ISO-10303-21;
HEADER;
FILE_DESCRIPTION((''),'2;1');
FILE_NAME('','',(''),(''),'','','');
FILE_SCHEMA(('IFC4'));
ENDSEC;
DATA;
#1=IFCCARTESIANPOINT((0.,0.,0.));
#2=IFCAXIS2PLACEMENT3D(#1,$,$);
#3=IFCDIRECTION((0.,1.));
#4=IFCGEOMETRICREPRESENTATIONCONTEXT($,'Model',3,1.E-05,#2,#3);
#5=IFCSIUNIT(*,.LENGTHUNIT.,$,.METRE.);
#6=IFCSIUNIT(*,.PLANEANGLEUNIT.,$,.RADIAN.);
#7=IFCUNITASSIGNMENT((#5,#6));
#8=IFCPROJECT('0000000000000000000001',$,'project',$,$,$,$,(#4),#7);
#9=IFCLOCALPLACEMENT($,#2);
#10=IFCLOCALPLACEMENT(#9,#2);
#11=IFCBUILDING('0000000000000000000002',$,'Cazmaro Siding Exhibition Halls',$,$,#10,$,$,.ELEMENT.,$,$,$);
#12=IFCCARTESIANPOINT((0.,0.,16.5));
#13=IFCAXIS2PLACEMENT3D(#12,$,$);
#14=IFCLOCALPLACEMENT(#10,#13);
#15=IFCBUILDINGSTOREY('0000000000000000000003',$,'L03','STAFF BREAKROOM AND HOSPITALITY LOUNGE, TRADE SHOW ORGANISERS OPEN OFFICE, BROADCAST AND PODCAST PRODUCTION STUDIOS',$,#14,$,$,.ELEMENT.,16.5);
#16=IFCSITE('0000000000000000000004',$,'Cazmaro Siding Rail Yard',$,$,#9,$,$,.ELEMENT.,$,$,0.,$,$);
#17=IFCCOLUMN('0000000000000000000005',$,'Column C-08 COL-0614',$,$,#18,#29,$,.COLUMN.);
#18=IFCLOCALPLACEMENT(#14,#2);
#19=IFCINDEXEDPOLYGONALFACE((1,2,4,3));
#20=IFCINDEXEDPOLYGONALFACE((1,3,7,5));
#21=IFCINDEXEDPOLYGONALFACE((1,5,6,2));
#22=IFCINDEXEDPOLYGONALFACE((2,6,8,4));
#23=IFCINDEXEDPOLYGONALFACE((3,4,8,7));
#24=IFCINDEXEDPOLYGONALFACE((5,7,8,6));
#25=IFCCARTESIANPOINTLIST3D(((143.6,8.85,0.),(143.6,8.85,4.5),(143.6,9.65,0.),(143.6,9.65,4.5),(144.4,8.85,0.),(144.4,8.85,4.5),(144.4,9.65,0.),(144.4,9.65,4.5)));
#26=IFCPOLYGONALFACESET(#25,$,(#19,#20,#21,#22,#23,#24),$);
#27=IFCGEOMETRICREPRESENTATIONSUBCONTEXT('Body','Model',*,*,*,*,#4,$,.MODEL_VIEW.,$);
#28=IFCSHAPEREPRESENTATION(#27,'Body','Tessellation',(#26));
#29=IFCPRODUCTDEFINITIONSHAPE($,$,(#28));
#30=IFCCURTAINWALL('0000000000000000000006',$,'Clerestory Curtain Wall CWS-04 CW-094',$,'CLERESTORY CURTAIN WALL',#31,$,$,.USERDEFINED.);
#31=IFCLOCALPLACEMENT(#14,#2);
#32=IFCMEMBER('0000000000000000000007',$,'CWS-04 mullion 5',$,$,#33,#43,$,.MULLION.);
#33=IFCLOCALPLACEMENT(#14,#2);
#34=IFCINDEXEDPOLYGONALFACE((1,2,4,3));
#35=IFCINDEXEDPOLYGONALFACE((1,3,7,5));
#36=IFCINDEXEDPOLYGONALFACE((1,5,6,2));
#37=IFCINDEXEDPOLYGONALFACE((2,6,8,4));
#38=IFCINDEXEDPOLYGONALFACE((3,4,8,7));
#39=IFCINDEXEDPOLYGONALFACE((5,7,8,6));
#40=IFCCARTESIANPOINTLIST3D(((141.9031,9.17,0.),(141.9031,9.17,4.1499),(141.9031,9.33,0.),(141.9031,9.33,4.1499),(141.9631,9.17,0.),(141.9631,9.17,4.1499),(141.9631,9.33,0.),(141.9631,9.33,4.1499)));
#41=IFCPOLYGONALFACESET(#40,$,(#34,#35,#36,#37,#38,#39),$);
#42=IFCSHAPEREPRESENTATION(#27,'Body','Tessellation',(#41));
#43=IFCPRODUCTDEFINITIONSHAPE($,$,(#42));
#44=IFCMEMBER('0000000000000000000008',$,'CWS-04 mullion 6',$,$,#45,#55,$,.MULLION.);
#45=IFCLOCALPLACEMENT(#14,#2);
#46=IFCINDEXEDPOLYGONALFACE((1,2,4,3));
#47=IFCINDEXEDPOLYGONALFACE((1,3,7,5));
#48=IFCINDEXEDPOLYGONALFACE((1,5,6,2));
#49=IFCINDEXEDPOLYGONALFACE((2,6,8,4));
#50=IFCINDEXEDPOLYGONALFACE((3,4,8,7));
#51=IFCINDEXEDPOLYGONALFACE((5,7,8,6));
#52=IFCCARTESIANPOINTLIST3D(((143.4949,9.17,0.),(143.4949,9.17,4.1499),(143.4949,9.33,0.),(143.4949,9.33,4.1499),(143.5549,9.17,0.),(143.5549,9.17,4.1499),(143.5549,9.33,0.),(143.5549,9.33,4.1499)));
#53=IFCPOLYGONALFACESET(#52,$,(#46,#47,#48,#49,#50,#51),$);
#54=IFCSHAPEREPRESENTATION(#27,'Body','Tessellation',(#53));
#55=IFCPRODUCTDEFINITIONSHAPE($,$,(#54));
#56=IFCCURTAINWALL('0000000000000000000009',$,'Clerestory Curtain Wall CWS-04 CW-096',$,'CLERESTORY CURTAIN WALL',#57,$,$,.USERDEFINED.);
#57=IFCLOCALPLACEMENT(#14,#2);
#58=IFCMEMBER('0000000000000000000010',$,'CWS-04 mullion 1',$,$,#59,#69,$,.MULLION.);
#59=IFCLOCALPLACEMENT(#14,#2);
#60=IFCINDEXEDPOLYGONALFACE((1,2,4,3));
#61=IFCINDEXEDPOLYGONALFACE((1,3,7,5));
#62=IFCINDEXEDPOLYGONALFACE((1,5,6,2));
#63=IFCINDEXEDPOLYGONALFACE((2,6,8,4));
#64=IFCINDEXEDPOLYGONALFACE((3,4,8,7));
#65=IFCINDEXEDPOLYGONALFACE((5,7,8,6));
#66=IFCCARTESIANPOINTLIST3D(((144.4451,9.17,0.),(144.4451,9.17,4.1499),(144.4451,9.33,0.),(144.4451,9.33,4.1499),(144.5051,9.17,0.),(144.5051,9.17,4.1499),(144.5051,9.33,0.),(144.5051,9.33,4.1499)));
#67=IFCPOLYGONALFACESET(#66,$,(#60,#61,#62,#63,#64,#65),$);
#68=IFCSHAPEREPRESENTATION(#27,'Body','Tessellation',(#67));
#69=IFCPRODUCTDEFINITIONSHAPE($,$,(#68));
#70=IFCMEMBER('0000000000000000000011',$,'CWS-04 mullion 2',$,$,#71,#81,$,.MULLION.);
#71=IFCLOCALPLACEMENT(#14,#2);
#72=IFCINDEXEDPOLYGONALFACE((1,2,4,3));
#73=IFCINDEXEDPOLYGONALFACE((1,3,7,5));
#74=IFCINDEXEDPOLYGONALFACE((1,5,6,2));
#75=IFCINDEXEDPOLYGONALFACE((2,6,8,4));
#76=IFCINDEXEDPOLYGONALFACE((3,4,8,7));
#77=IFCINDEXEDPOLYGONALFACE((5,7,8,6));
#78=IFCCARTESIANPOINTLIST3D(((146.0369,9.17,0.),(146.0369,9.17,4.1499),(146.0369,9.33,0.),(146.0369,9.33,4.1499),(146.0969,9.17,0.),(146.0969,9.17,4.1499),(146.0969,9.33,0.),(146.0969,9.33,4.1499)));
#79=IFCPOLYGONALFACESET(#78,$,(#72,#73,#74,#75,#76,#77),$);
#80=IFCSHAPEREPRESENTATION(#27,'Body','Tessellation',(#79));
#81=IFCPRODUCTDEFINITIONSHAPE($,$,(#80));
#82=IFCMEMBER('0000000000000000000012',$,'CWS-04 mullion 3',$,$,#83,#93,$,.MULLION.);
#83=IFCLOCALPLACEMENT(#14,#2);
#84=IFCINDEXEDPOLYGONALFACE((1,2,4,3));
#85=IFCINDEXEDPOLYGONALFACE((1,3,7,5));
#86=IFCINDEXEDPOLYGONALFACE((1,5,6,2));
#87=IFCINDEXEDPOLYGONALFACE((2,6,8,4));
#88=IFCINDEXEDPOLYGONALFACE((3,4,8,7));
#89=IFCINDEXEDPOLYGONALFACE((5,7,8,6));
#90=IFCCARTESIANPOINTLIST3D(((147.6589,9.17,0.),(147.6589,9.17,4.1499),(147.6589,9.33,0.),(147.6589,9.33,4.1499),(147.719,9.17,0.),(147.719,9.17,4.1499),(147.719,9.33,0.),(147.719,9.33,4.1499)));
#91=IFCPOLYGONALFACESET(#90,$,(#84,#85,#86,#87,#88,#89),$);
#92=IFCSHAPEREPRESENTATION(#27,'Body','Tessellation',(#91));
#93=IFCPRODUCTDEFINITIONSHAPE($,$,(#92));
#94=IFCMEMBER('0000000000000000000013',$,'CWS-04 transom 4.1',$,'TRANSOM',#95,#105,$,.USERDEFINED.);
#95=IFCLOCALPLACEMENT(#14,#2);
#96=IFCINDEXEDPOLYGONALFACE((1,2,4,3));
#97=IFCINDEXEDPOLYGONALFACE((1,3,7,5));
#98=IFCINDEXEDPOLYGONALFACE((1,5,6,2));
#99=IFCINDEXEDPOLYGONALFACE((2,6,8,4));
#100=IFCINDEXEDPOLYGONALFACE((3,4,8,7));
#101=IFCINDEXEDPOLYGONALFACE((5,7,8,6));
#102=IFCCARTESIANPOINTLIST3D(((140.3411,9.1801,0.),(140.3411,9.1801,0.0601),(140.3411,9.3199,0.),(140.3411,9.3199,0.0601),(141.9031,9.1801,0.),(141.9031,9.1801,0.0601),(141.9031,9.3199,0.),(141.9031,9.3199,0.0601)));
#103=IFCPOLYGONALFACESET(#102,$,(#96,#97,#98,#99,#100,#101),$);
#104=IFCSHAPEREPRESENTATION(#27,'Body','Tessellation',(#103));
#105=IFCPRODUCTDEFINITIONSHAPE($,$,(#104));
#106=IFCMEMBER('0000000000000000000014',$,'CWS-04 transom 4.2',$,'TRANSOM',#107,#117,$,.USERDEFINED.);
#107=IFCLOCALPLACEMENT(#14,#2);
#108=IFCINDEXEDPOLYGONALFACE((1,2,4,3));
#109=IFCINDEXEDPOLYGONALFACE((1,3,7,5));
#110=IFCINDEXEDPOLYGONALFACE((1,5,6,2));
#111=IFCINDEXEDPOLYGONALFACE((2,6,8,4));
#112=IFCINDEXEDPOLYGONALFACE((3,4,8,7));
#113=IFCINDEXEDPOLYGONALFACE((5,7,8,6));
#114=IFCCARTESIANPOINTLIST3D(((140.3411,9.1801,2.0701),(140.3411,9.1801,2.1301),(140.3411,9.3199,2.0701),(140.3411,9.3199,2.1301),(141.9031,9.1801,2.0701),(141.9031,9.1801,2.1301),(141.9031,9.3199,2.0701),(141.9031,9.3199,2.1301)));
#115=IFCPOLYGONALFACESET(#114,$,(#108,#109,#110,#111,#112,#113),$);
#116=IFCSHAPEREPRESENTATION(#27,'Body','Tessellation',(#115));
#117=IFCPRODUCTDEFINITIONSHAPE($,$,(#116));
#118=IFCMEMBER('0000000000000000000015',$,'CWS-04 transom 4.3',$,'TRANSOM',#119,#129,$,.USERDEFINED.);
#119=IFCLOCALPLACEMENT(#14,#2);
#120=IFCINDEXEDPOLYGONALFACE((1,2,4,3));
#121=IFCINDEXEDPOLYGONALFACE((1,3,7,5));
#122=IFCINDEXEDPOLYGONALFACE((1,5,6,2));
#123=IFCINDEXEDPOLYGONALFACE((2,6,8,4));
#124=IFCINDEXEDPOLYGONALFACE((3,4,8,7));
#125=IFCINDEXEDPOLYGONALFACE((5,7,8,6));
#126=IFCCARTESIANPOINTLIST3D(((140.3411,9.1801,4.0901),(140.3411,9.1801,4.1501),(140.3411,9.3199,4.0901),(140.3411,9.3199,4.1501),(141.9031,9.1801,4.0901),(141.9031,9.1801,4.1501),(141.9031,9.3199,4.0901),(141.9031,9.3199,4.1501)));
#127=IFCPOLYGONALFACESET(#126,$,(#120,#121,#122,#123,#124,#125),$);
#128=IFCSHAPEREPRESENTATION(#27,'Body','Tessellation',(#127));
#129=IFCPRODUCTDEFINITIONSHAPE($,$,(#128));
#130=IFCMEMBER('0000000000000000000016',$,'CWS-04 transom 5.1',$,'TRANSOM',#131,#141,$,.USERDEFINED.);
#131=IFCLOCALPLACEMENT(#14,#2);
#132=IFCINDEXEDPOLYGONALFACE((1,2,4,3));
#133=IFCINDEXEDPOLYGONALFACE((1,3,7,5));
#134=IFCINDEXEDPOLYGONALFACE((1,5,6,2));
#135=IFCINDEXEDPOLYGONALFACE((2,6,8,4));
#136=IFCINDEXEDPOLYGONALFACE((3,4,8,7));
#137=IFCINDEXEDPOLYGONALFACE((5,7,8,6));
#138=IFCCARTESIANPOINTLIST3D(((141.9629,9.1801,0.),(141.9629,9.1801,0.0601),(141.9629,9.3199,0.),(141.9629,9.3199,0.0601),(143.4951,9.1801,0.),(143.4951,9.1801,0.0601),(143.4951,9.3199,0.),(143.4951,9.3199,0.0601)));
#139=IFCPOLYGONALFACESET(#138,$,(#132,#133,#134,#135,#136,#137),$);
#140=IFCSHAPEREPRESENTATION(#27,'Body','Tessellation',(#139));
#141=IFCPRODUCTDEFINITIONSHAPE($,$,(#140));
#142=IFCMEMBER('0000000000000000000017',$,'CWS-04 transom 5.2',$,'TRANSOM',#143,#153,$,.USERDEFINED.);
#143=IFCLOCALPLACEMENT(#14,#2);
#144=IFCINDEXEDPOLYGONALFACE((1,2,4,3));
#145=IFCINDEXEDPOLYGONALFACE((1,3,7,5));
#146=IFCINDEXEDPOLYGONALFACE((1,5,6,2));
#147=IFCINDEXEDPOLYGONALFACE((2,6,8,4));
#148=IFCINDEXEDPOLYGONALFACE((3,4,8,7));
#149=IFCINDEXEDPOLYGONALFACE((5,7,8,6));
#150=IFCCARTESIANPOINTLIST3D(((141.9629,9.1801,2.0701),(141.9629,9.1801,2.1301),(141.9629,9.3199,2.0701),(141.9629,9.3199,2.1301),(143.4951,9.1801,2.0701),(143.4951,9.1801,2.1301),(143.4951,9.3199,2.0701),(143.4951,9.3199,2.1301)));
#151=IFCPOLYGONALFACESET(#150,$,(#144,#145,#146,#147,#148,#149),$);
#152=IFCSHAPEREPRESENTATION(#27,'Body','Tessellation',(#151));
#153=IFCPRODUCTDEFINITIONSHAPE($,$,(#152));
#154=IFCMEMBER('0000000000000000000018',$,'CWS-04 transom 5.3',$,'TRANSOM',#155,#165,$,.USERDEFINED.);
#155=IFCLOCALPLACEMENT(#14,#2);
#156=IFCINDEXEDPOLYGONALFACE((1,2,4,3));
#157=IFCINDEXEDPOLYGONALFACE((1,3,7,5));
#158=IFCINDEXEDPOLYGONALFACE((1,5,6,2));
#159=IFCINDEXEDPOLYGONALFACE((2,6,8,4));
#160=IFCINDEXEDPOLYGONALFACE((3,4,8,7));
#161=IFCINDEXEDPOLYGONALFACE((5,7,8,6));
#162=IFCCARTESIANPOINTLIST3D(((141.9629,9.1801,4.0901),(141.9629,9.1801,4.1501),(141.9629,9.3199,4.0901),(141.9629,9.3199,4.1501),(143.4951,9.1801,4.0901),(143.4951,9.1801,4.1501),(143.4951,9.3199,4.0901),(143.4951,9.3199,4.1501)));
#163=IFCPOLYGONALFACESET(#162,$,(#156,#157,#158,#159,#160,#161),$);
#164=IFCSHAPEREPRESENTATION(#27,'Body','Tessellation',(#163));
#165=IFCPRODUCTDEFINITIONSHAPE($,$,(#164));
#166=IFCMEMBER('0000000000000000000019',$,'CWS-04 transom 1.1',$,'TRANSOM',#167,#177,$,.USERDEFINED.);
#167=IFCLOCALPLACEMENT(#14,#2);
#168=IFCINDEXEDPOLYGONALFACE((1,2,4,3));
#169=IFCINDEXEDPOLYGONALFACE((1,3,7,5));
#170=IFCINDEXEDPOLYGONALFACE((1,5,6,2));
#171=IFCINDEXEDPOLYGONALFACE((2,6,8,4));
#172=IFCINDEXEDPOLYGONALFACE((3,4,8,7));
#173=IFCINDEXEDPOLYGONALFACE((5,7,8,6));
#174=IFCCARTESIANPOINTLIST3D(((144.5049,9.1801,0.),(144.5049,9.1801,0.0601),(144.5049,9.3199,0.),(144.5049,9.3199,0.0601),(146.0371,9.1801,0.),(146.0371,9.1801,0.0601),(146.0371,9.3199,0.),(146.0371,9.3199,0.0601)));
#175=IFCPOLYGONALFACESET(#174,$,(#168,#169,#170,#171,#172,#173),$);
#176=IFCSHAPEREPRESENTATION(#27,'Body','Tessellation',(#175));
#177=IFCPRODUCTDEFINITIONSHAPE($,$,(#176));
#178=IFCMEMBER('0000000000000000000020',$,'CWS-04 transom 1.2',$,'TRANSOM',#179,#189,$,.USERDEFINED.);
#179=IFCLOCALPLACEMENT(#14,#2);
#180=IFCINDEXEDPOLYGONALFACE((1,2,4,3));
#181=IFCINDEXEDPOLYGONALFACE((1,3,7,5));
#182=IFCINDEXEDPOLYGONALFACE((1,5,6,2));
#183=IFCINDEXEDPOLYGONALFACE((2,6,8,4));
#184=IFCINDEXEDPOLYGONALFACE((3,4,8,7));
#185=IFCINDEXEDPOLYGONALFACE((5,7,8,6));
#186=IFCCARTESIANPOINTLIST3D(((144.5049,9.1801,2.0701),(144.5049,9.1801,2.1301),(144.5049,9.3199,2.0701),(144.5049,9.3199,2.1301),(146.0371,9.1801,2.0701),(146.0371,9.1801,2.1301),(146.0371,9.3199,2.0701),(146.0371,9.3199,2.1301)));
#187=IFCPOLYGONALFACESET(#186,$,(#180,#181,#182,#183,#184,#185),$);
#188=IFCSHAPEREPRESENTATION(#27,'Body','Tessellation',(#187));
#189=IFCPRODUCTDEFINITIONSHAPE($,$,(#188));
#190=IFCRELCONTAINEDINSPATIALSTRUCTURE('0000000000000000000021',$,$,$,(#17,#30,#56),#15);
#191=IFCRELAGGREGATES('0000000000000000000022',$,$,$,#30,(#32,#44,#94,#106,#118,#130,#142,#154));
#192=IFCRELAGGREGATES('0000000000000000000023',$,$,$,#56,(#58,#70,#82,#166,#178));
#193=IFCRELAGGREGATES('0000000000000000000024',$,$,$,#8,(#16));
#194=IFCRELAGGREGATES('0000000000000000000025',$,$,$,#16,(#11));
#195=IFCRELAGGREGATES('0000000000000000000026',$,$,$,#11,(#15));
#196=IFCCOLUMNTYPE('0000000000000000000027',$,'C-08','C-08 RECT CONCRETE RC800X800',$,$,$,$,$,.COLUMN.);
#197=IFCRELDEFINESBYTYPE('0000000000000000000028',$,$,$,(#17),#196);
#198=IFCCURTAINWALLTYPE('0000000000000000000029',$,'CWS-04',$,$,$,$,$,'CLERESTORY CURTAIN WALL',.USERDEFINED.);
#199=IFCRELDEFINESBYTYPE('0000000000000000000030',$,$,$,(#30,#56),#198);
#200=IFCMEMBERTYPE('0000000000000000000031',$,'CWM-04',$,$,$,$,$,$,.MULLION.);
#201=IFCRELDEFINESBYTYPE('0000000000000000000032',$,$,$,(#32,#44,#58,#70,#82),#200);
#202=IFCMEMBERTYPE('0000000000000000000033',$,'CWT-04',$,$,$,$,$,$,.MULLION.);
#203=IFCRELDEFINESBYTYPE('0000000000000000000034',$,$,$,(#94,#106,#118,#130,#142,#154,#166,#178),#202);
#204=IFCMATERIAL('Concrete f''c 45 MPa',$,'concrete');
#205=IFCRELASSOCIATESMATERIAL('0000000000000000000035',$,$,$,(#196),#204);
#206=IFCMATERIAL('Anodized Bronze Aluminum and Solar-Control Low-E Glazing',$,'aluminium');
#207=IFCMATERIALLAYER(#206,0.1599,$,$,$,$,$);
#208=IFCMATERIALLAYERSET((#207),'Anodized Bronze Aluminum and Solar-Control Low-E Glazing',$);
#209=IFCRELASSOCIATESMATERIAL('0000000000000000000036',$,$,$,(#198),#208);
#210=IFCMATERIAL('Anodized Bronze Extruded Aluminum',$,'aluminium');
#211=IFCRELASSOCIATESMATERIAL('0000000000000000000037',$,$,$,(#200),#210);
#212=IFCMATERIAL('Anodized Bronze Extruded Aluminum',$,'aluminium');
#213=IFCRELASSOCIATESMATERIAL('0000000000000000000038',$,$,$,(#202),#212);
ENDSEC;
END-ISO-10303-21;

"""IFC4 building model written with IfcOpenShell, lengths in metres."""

from ifc_helpers import new_model, si_unit, direction, frame, origin, origin_2d, place, context, subcontext, project, spatial, rectangle, extrude, material, layer, layer_set, material_profile, profile_set, type_object, element, aggregate, save


model = new_model("IFC4")

# Units and contexts
model_context = context("Model", 3, precision=1e-05, world=origin(), true_north=direction((0.0, 1.0)))
body_context = subcontext(model_context, "Body", "Model", "MODEL_VIEW")
ifc_project = project(units=[si_unit("LENGTHUNIT", "METRE"), si_unit("PLANEANGLEUNIT", "RADIAN")], contexts=[model_context])

# Site, building, storey
site_placement = place(None, origin())
site = spatial("IfcSite", under=ifc_project, at=site_placement, Name="Cazmaro Siding Rail Yard", CompositionType="ELEMENT", RefElevation=0.0)
building_placement = place(site_placement, origin())
building = spatial("IfcBuilding", under=site, at=building_placement, Name="Cazmaro Siding Exhibition Halls", CompositionType="ELEMENT")
storey_placement = place(building_placement, frame((0.0, 0.0, 16.5)))
storey = spatial("IfcBuildingStorey", under=building, at=storey_placement, Name="L03", Description="STAFF BREAKROOM AND HOSPITALITY LOUNGE, TRADE SHOW ORGANISERS OPEN OFFICE, BROADCAST AND PODCAST PRODUCTION STUDIOS", CompositionType="ELEMENT", Elevation=16.5)

# Column
ifc_material_1 = material(Name="Concrete f'c 45 MPa", Category="concrete")
ifc_material_profile_1 = material_profile(ifc_material_1, rectangle(XDim=0.8, YDim=0.8, at=origin_2d()), Name="RC800X800")
ifc_profile_set_1 = profile_set([ifc_material_profile_1], Name="Concrete f'c 45 MPa")
column_type = type_object("IfcColumnType", Name="C-08", Description="C-08 RECT CONCRETE RC800X800", PredefinedType="COLUMN", material=ifc_profile_set_1)
column_placement = place(storey_placement, frame((144.0, 9.25, 0.0), z_axis=(0.0, 0.0, 1.0), x_axis=(1.0, 0.0, 0.0)))
element("IfcColumn", 1, at=column_placement, inside=storey, type_object=column_type, Name="Column C-08 COL-0614", PredefinedType="COLUMN", context=body_context, shape_type="SweptSolid", body=[
    extrude(rectangle(XDim=0.8, YDim=0.8, at=origin_2d()), origin(), (0.0, 0.0, 1.0), 4.5),
])

# Curtain walls, members
ifc_material_2 = material(Name="Anodized Bronze Aluminum and Solar-Control Low-E Glazing", Category="aluminium")
ifc_layer_1 = layer(ifc_material_2, 0.1599)
ifc_layer_set_1 = layer_set([ifc_layer_1], Name="Anodized Bronze Aluminum and Solar-Control Low-E Glazing")
curtain_wall_type = type_object("IfcCurtainWallType", Name="CWS-04", ElementType="CLERESTORY CURTAIN WALL", PredefinedType="USERDEFINED", material=ifc_layer_set_1)
curtain_wall_1_placement = place(storey_placement, origin())
curtain_wall_1 = element("IfcCurtainWall", 2, at=curtain_wall_1_placement, inside=storey, type_object=curtain_wall_type, Name="Clerestory Curtain Wall CWS-04 CW-094", ObjectType="CLERESTORY CURTAIN WALL", PredefinedType="USERDEFINED")
ifc_material_3 = material(Name="Anodized Bronze Extruded Aluminum", Category="aluminium")
ifc_material_profile_2 = material_profile(ifc_material_3, rectangle(XDim=0.1599, YDim=0.0601, at=origin_2d()), Name="CWM-04")
ifc_profile_set_2 = profile_set([ifc_material_profile_2], Name="Anodized Bronze Extruded Aluminum")
member_type_1 = type_object("IfcMemberType", Name="CWM-04", PredefinedType="MULLION", material=ifc_profile_set_2)
member_1_placement = place(storey_placement, frame((141.9331, 9.25, 0.0), z_axis=(0.0, 0.0, 1.0), x_axis=(0.0, 1.0, 0.0)))
member_1 = element("IfcMember", 3, at=member_1_placement, type_object=member_type_1, Name="CWS-04 mullion 5", PredefinedType="MULLION", context=body_context, shape_type="SweptSolid", body=[
    extrude(rectangle(XDim=0.1599, YDim=0.0601, at=origin_2d()), origin(), (0.0, 0.0, 1.0), 4.1499),
])
member_2_placement = place(storey_placement, frame((143.5249, 9.25, 0.0), z_axis=(0.0, 0.0, 1.0), x_axis=(0.0, 1.0, 0.0)))
member_2 = element("IfcMember", 4, at=member_2_placement, type_object=member_type_1, Name="CWS-04 mullion 6", PredefinedType="MULLION", context=body_context, shape_type="SweptSolid", body=[
    extrude(rectangle(XDim=0.1599, YDim=0.0601, at=origin_2d()), origin(), (0.0, 0.0, 1.0), 4.1499),
])
curtain_wall_2_placement = place(storey_placement, origin())
curtain_wall_2 = element("IfcCurtainWall", 5, at=curtain_wall_2_placement, inside=storey, type_object=curtain_wall_type, Name="Clerestory Curtain Wall CWS-04 CW-096", ObjectType="CLERESTORY CURTAIN WALL", PredefinedType="USERDEFINED")
member_3_placement = place(storey_placement, frame((144.4751, 9.25, 0.0), z_axis=(0.0, 0.0, 1.0), x_axis=(0.0, 1.0, 0.0)))
member_3 = element("IfcMember", 6, at=member_3_placement, type_object=member_type_1, Name="CWS-04 mullion 1", PredefinedType="MULLION", context=body_context, shape_type="SweptSolid", body=[
    extrude(rectangle(XDim=0.1599, YDim=0.0601, at=origin_2d()), origin(), (0.0, 0.0, 1.0), 4.1499),
])
member_4_placement = place(storey_placement, frame((146.0669, 9.25, 0.0), z_axis=(0.0, 0.0, 1.0), x_axis=(0.0, 1.0, 0.0)))
member_4 = element("IfcMember", 7, at=member_4_placement, type_object=member_type_1, Name="CWS-04 mullion 2", PredefinedType="MULLION", context=body_context, shape_type="SweptSolid", body=[
    extrude(rectangle(XDim=0.1599, YDim=0.0601, at=origin_2d()), origin(), (0.0, 0.0, 1.0), 4.1499),
])
member_5_placement = place(storey_placement, frame((147.689, 9.25, 0.0), z_axis=(0.0, 0.0, 1.0), x_axis=(0.0, 1.0, 0.0)))
member_5 = element("IfcMember", 8, at=member_5_placement, type_object=member_type_1, Name="CWS-04 mullion 3", PredefinedType="MULLION", context=body_context, shape_type="SweptSolid", body=[
    extrude(rectangle(XDim=0.1599, YDim=0.0601, at=origin_2d()), origin(), (0.0, 0.0, 1.0), 4.1499),
])

# Members
ifc_material_4 = material(Name="Anodized Bronze Extruded Aluminum", Category="aluminium")
ifc_material_profile_3 = material_profile(ifc_material_4, rectangle(XDim=0.1399, YDim=0.0601, at=origin_2d()), Name="CWT-04")
ifc_profile_set_3 = profile_set([ifc_material_profile_3], Name="Anodized Bronze Extruded Aluminum")
member_type_2 = type_object("IfcMemberType", Name="CWT-04", PredefinedType="MULLION", material=ifc_profile_set_3)
member_6_placement = place(storey_placement, frame((140.3411, 9.25, 0.03), z_axis=(1.0, 0.0, 0.0), x_axis=(0.0, 1.0, 0.0)))
member_6 = element("IfcMember", 9, at=member_6_placement, type_object=member_type_2, Name="CWS-04 transom 4.1", ObjectType="TRANSOM", PredefinedType="USERDEFINED", context=body_context, shape_type="SweptSolid", body=[
    extrude(rectangle(XDim=0.1399, YDim=0.0601, at=origin_2d()), origin(), (0.0, 0.0, 1.0), 1.562),
])
member_7_placement = place(storey_placement, frame((140.3411, 9.25, 2.1001), z_axis=(1.0, 0.0, 0.0), x_axis=(0.0, 1.0, 0.0)))
member_7 = element("IfcMember", 10, at=member_7_placement, type_object=member_type_2, Name="CWS-04 transom 4.2", ObjectType="TRANSOM", PredefinedType="USERDEFINED", context=body_context, shape_type="SweptSolid", body=[
    extrude(rectangle(XDim=0.1399, YDim=0.0601, at=origin_2d()), origin(), (0.0, 0.0, 1.0), 1.562),
])
member_8_placement = place(storey_placement, frame((140.3411, 9.25, 4.1201), z_axis=(1.0, 0.0, 0.0), x_axis=(0.0, 1.0, 0.0)))
member_8 = element("IfcMember", 11, at=member_8_placement, type_object=member_type_2, Name="CWS-04 transom 4.3", ObjectType="TRANSOM", PredefinedType="USERDEFINED", context=body_context, shape_type="SweptSolid", body=[
    extrude(rectangle(XDim=0.1399, YDim=0.0601, at=origin_2d()), origin(), (0.0, 0.0, 1.0), 1.562),
])
member_9_placement = place(storey_placement, frame((141.9629, 9.25, 0.03), z_axis=(1.0, 0.0, 0.0), x_axis=(0.0, 1.0, 0.0)))
member_9 = element("IfcMember", 12, at=member_9_placement, type_object=member_type_2, Name="CWS-04 transom 5.1", ObjectType="TRANSOM", PredefinedType="USERDEFINED", context=body_context, shape_type="SweptSolid", body=[
    extrude(rectangle(XDim=0.1399, YDim=0.0601, at=origin_2d()), origin(), (0.0, 0.0, 1.0), 1.5322),
])
member_10_placement = place(storey_placement, frame((141.9629, 9.25, 2.1001), z_axis=(1.0, 0.0, 0.0), x_axis=(0.0, 1.0, 0.0)))
member_10 = element("IfcMember", 13, at=member_10_placement, type_object=member_type_2, Name="CWS-04 transom 5.2", ObjectType="TRANSOM", PredefinedType="USERDEFINED", context=body_context, shape_type="SweptSolid", body=[
    extrude(rectangle(XDim=0.1399, YDim=0.0601, at=origin_2d()), origin(), (0.0, 0.0, 1.0), 1.5322),
])
member_11_placement = place(storey_placement, frame((141.9629, 9.25, 4.1201), z_axis=(1.0, 0.0, 0.0), x_axis=(0.0, 1.0, 0.0)))
member_11 = element("IfcMember", 14, at=member_11_placement, type_object=member_type_2, Name="CWS-04 transom 5.3", ObjectType="TRANSOM", PredefinedType="USERDEFINED", context=body_context, shape_type="SweptSolid", body=[
    extrude(rectangle(XDim=0.1399, YDim=0.0601, at=origin_2d()), origin(), (0.0, 0.0, 1.0), 1.5322),
])
member_12_placement = place(storey_placement, frame((144.5049, 9.25, 0.03), z_axis=(1.0, 0.0, 0.0), x_axis=(0.0, 1.0, 0.0)))
member_12 = element("IfcMember", 15, at=member_12_placement, type_object=member_type_2, Name="CWS-04 transom 1.1", ObjectType="TRANSOM", PredefinedType="USERDEFINED", context=body_context, shape_type="SweptSolid", body=[
    extrude(rectangle(XDim=0.1399, YDim=0.0601, at=origin_2d()), origin(), (0.0, 0.0, 1.0), 1.5322),
])
member_13_placement = place(storey_placement, frame((144.5049, 9.25, 2.1001), z_axis=(1.0, 0.0, 0.0), x_axis=(0.0, 1.0, 0.0)))
member_13 = element("IfcMember", 16, at=member_13_placement, type_object=member_type_2, Name="CWS-04 transom 1.2", ObjectType="TRANSOM", PredefinedType="USERDEFINED", context=body_context, shape_type="SweptSolid", body=[
    extrude(rectangle(XDim=0.1399, YDim=0.0601, at=origin_2d()), origin(), (0.0, 0.0, 1.0), 1.5322),
])

aggregate(curtain_wall_1, [member_1, member_2, member_6, member_7, member_8, member_9, member_10, member_11])
aggregate(curtain_wall_2, [member_3, member_4, member_5, member_12, member_13])

save(model, "model.ifc")
